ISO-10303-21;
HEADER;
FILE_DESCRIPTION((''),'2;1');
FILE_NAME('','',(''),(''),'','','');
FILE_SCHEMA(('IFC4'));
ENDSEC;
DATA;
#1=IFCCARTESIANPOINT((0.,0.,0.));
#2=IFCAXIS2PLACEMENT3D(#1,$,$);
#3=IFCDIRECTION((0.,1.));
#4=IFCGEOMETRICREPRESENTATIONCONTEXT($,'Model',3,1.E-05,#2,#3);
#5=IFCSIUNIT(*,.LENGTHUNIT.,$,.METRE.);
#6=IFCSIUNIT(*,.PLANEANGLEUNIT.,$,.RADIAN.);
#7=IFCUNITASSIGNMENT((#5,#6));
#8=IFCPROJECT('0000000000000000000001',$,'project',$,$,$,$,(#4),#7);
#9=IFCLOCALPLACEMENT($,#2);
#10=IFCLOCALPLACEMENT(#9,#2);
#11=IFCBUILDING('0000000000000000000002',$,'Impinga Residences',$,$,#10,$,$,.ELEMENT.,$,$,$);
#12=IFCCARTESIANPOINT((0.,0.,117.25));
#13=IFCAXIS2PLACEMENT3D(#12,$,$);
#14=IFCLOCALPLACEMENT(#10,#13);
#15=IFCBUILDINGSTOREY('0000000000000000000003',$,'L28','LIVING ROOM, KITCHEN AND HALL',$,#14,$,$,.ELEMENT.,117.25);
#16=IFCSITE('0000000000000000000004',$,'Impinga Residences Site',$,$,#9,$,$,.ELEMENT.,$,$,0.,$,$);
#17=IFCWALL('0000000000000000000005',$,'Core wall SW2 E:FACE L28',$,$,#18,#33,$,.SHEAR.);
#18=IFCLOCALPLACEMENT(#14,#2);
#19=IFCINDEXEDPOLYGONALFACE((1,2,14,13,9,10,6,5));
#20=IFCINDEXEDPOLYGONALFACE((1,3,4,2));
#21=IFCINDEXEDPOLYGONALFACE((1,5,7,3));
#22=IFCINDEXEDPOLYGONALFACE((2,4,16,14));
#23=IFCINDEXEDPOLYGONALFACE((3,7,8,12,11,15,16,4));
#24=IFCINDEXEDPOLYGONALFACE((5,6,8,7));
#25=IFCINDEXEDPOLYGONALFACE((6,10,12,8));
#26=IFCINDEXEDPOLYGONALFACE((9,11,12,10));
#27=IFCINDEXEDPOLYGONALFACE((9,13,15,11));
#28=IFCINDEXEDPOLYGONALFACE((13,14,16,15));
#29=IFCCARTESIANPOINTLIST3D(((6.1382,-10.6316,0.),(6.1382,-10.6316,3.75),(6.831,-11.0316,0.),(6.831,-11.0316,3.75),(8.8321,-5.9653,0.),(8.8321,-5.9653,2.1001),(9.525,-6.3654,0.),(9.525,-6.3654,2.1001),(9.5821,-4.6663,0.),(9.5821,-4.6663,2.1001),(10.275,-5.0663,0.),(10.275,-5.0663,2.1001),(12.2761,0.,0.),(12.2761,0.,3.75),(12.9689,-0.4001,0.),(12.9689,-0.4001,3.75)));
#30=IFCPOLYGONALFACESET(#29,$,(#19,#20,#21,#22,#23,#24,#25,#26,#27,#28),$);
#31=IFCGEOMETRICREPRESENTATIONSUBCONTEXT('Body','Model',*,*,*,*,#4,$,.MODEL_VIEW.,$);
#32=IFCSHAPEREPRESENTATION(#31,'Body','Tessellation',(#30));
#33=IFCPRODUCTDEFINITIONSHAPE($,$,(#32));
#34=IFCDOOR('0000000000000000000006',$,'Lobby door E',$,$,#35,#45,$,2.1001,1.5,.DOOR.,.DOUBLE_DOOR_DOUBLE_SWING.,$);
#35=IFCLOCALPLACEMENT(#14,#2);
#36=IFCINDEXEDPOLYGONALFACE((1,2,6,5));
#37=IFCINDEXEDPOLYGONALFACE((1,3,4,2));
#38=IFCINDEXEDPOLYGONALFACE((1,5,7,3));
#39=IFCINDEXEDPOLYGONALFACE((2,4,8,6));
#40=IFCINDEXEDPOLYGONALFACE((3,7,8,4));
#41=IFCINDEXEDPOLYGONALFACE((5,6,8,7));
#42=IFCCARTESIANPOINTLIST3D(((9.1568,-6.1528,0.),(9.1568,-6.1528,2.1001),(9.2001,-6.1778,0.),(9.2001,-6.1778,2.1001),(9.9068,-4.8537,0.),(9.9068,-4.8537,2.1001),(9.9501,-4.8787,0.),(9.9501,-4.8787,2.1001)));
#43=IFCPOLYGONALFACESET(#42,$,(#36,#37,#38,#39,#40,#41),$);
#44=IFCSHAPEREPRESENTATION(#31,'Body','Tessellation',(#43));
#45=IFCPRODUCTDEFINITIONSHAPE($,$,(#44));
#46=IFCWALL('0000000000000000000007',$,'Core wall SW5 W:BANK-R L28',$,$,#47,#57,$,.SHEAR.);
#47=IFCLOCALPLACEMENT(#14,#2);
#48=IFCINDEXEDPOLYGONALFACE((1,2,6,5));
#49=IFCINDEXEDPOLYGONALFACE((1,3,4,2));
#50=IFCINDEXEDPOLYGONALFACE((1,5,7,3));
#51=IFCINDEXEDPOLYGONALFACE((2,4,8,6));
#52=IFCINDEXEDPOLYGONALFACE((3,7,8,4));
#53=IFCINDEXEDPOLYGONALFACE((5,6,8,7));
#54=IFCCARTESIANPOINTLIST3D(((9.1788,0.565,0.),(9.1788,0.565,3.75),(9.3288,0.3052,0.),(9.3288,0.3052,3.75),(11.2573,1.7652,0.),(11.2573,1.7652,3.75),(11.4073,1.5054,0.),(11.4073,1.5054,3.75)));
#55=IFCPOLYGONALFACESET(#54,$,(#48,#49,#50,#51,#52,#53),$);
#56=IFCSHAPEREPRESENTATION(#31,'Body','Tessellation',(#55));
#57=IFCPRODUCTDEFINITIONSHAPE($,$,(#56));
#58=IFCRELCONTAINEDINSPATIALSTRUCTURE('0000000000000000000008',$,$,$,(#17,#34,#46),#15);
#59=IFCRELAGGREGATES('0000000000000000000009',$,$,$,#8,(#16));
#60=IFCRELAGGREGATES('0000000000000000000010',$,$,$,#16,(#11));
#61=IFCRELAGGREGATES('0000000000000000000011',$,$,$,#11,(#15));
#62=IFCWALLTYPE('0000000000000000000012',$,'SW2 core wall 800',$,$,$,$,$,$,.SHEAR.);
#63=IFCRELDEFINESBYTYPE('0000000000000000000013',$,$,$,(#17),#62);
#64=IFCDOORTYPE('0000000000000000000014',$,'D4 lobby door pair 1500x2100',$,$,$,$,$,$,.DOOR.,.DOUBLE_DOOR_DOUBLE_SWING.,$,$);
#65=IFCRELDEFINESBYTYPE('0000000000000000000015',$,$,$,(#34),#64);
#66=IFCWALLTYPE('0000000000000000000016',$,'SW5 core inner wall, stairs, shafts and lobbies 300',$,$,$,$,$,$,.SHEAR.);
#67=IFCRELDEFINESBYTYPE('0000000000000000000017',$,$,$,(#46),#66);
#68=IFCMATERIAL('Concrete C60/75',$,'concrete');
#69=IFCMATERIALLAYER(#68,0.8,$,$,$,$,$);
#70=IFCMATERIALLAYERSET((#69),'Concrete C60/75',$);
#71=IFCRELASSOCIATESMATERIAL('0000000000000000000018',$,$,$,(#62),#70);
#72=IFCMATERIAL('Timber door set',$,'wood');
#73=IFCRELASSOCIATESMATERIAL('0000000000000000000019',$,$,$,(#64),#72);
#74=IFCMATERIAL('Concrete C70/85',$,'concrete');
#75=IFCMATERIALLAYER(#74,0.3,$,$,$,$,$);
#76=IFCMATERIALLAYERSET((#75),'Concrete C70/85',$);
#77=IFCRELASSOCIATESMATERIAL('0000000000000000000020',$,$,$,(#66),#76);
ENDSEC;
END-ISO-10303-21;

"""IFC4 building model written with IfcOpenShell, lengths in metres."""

from ifc_helpers import new_model, si_unit, direction, frame, frame_2d, origin, place, context, subcontext, project, spatial, rectangle, extrude, material, layer, layer_set, type_object, element, fill, save


model = new_model("IFC4")

# Units and contexts
model_context = context("Model", 3, precision=1e-05, world=origin(), true_north=direction((0.0, 1.0)))
body_context = subcontext(model_context, "Body", "Model", "MODEL_VIEW")
ifc_project = project(units=[si_unit("LENGTHUNIT", "METRE"), si_unit("PLANEANGLEUNIT", "RADIAN")], contexts=[model_context])

# Site, building, storey
site_placement = place(None, origin())
site = spatial("IfcSite", under=ifc_project, at=site_placement, Name="Impinga Residences Site", CompositionType="ELEMENT", RefElevation=0.0)
building_placement = place(site_placement, origin())
building = spatial("IfcBuilding", under=site, at=building_placement, Name="Impinga Residences", CompositionType="ELEMENT")
storey_placement = place(building_placement, frame((0.0, 0.0, 117.25)))
storey = spatial("IfcBuildingStorey", under=building, at=storey_placement, Name="L28", Description="LIVING ROOM, KITCHEN AND HALL", CompositionType="ELEMENT", Elevation=117.25)

# Shared definitions
ifc_material_1 = material(Name="Concrete C60/75", Category="concrete")

# Wall, opening, door
ifc_layer_1 = layer(ifc_material_1, 0.8)
ifc_layer_set_1 = layer_set([ifc_layer_1], Name="Concrete C60/75")
wall_type_1 = type_object("IfcWallType", Name="SW2 core wall 800", PredefinedType="SHEAR", material=ifc_layer_set_1)
wall_1_placement = place(storey_placement, frame((12.6226, -0.2, 0.0), z_axis=(0.0, 0.0, 1.0), x_axis=(-0.499987, -0.866033, 0.0)))
wall_1 = element("IfcWall", 1, at=wall_1_placement, inside=storey, type_object=wall_type_1, Name="Core wall SW2 E:FACE L28", PredefinedType="SHEAR", context=body_context, shape_type="SweptSolid", body=[
    extrude(rectangle(XDim=12.2761, YDim=0.8, at=frame_2d((6.1382, 0.0))), origin(), (0.0, 0.0, 1.0), 3.75),
])
opening_1_placement = place(wall_1_placement, frame((5.3882, 0.0, 0.0)))
opening_1 = element("IfcOpeningElement", 2, at=opening_1_placement, cuts=wall_1, PredefinedType="OPENING", context=body_context, shape_type="SweptSolid", body=[
    extrude(rectangle(XDim=1.5, YDim=2.1001, at=frame_2d((0.75, 1.05))), frame((0.0, 0.4099, 0.0), z_axis=(0.0, -1.0, 0.0), x_axis=(1.0, 0.0, 0.0)), (0.0, 0.0, 1.0), 0.8201),
])
ifc_material_2 = material(Name="Timber door set", Category="wood")
door_type = type_object("IfcDoorType", Name="D4 lobby door pair 1500x2100", OperationType="DOUBLE_DOOR_DOUBLE_SWING", PredefinedType="DOOR", material=ifc_material_2)
door_placement = place(opening_1_placement, origin())
door = element("IfcDoor", 3, at=door_placement, inside=storey, type_object=door_type, Name="Lobby door E", OperationType="DOUBLE_DOOR_DOUBLE_SWING", OverallHeight=2.1001, OverallWidth=1.5, PredefinedType="DOOR", context=body_context, shape_type="SweptSolid", body=[
    extrude(rectangle(XDim=1.5, YDim=2.1001, at=frame_2d((0.75, 1.05))), frame((0.0, 0.0249, 0.0), z_axis=(0.0, -1.0, 0.0), x_axis=(1.0, 0.0, 0.0)), (0.0, 0.0, 1.0), 0.05),
])
fill(opening_1, door)

# Wall
ifc_material_3 = material(Name="Concrete C70/85", Category="concrete")
ifc_layer_2 = layer(ifc_material_3, 0.3)
ifc_layer_set_2 = layer_set([ifc_layer_2], Name="Concrete C70/85")
wall_type_2 = type_object("IfcWallType", Name="SW5 core inner wall, stairs, shafts and lobbies 300", PredefinedType="SHEAR", material=ifc_layer_set_2)
wall_2_placement = place(storey_placement, frame((9.2537, 0.4351, 0.0), z_axis=(0.0, 0.0, 1.0), x_axis=(0.866006, 0.500034, 0.0)))
element("IfcWall", 4, at=wall_2_placement, inside=storey, type_object=wall_type_2, Name="Core wall SW5 W:BANK-R L28", PredefinedType="SHEAR", context=body_context, shape_type="SweptSolid", body=[
    extrude(rectangle(XDim=2.4001, YDim=0.3, at=frame_2d((1.2002, 0.0))), origin(), (0.0, 0.0, 1.0), 3.75),
])

save(model, "model.ifc")
